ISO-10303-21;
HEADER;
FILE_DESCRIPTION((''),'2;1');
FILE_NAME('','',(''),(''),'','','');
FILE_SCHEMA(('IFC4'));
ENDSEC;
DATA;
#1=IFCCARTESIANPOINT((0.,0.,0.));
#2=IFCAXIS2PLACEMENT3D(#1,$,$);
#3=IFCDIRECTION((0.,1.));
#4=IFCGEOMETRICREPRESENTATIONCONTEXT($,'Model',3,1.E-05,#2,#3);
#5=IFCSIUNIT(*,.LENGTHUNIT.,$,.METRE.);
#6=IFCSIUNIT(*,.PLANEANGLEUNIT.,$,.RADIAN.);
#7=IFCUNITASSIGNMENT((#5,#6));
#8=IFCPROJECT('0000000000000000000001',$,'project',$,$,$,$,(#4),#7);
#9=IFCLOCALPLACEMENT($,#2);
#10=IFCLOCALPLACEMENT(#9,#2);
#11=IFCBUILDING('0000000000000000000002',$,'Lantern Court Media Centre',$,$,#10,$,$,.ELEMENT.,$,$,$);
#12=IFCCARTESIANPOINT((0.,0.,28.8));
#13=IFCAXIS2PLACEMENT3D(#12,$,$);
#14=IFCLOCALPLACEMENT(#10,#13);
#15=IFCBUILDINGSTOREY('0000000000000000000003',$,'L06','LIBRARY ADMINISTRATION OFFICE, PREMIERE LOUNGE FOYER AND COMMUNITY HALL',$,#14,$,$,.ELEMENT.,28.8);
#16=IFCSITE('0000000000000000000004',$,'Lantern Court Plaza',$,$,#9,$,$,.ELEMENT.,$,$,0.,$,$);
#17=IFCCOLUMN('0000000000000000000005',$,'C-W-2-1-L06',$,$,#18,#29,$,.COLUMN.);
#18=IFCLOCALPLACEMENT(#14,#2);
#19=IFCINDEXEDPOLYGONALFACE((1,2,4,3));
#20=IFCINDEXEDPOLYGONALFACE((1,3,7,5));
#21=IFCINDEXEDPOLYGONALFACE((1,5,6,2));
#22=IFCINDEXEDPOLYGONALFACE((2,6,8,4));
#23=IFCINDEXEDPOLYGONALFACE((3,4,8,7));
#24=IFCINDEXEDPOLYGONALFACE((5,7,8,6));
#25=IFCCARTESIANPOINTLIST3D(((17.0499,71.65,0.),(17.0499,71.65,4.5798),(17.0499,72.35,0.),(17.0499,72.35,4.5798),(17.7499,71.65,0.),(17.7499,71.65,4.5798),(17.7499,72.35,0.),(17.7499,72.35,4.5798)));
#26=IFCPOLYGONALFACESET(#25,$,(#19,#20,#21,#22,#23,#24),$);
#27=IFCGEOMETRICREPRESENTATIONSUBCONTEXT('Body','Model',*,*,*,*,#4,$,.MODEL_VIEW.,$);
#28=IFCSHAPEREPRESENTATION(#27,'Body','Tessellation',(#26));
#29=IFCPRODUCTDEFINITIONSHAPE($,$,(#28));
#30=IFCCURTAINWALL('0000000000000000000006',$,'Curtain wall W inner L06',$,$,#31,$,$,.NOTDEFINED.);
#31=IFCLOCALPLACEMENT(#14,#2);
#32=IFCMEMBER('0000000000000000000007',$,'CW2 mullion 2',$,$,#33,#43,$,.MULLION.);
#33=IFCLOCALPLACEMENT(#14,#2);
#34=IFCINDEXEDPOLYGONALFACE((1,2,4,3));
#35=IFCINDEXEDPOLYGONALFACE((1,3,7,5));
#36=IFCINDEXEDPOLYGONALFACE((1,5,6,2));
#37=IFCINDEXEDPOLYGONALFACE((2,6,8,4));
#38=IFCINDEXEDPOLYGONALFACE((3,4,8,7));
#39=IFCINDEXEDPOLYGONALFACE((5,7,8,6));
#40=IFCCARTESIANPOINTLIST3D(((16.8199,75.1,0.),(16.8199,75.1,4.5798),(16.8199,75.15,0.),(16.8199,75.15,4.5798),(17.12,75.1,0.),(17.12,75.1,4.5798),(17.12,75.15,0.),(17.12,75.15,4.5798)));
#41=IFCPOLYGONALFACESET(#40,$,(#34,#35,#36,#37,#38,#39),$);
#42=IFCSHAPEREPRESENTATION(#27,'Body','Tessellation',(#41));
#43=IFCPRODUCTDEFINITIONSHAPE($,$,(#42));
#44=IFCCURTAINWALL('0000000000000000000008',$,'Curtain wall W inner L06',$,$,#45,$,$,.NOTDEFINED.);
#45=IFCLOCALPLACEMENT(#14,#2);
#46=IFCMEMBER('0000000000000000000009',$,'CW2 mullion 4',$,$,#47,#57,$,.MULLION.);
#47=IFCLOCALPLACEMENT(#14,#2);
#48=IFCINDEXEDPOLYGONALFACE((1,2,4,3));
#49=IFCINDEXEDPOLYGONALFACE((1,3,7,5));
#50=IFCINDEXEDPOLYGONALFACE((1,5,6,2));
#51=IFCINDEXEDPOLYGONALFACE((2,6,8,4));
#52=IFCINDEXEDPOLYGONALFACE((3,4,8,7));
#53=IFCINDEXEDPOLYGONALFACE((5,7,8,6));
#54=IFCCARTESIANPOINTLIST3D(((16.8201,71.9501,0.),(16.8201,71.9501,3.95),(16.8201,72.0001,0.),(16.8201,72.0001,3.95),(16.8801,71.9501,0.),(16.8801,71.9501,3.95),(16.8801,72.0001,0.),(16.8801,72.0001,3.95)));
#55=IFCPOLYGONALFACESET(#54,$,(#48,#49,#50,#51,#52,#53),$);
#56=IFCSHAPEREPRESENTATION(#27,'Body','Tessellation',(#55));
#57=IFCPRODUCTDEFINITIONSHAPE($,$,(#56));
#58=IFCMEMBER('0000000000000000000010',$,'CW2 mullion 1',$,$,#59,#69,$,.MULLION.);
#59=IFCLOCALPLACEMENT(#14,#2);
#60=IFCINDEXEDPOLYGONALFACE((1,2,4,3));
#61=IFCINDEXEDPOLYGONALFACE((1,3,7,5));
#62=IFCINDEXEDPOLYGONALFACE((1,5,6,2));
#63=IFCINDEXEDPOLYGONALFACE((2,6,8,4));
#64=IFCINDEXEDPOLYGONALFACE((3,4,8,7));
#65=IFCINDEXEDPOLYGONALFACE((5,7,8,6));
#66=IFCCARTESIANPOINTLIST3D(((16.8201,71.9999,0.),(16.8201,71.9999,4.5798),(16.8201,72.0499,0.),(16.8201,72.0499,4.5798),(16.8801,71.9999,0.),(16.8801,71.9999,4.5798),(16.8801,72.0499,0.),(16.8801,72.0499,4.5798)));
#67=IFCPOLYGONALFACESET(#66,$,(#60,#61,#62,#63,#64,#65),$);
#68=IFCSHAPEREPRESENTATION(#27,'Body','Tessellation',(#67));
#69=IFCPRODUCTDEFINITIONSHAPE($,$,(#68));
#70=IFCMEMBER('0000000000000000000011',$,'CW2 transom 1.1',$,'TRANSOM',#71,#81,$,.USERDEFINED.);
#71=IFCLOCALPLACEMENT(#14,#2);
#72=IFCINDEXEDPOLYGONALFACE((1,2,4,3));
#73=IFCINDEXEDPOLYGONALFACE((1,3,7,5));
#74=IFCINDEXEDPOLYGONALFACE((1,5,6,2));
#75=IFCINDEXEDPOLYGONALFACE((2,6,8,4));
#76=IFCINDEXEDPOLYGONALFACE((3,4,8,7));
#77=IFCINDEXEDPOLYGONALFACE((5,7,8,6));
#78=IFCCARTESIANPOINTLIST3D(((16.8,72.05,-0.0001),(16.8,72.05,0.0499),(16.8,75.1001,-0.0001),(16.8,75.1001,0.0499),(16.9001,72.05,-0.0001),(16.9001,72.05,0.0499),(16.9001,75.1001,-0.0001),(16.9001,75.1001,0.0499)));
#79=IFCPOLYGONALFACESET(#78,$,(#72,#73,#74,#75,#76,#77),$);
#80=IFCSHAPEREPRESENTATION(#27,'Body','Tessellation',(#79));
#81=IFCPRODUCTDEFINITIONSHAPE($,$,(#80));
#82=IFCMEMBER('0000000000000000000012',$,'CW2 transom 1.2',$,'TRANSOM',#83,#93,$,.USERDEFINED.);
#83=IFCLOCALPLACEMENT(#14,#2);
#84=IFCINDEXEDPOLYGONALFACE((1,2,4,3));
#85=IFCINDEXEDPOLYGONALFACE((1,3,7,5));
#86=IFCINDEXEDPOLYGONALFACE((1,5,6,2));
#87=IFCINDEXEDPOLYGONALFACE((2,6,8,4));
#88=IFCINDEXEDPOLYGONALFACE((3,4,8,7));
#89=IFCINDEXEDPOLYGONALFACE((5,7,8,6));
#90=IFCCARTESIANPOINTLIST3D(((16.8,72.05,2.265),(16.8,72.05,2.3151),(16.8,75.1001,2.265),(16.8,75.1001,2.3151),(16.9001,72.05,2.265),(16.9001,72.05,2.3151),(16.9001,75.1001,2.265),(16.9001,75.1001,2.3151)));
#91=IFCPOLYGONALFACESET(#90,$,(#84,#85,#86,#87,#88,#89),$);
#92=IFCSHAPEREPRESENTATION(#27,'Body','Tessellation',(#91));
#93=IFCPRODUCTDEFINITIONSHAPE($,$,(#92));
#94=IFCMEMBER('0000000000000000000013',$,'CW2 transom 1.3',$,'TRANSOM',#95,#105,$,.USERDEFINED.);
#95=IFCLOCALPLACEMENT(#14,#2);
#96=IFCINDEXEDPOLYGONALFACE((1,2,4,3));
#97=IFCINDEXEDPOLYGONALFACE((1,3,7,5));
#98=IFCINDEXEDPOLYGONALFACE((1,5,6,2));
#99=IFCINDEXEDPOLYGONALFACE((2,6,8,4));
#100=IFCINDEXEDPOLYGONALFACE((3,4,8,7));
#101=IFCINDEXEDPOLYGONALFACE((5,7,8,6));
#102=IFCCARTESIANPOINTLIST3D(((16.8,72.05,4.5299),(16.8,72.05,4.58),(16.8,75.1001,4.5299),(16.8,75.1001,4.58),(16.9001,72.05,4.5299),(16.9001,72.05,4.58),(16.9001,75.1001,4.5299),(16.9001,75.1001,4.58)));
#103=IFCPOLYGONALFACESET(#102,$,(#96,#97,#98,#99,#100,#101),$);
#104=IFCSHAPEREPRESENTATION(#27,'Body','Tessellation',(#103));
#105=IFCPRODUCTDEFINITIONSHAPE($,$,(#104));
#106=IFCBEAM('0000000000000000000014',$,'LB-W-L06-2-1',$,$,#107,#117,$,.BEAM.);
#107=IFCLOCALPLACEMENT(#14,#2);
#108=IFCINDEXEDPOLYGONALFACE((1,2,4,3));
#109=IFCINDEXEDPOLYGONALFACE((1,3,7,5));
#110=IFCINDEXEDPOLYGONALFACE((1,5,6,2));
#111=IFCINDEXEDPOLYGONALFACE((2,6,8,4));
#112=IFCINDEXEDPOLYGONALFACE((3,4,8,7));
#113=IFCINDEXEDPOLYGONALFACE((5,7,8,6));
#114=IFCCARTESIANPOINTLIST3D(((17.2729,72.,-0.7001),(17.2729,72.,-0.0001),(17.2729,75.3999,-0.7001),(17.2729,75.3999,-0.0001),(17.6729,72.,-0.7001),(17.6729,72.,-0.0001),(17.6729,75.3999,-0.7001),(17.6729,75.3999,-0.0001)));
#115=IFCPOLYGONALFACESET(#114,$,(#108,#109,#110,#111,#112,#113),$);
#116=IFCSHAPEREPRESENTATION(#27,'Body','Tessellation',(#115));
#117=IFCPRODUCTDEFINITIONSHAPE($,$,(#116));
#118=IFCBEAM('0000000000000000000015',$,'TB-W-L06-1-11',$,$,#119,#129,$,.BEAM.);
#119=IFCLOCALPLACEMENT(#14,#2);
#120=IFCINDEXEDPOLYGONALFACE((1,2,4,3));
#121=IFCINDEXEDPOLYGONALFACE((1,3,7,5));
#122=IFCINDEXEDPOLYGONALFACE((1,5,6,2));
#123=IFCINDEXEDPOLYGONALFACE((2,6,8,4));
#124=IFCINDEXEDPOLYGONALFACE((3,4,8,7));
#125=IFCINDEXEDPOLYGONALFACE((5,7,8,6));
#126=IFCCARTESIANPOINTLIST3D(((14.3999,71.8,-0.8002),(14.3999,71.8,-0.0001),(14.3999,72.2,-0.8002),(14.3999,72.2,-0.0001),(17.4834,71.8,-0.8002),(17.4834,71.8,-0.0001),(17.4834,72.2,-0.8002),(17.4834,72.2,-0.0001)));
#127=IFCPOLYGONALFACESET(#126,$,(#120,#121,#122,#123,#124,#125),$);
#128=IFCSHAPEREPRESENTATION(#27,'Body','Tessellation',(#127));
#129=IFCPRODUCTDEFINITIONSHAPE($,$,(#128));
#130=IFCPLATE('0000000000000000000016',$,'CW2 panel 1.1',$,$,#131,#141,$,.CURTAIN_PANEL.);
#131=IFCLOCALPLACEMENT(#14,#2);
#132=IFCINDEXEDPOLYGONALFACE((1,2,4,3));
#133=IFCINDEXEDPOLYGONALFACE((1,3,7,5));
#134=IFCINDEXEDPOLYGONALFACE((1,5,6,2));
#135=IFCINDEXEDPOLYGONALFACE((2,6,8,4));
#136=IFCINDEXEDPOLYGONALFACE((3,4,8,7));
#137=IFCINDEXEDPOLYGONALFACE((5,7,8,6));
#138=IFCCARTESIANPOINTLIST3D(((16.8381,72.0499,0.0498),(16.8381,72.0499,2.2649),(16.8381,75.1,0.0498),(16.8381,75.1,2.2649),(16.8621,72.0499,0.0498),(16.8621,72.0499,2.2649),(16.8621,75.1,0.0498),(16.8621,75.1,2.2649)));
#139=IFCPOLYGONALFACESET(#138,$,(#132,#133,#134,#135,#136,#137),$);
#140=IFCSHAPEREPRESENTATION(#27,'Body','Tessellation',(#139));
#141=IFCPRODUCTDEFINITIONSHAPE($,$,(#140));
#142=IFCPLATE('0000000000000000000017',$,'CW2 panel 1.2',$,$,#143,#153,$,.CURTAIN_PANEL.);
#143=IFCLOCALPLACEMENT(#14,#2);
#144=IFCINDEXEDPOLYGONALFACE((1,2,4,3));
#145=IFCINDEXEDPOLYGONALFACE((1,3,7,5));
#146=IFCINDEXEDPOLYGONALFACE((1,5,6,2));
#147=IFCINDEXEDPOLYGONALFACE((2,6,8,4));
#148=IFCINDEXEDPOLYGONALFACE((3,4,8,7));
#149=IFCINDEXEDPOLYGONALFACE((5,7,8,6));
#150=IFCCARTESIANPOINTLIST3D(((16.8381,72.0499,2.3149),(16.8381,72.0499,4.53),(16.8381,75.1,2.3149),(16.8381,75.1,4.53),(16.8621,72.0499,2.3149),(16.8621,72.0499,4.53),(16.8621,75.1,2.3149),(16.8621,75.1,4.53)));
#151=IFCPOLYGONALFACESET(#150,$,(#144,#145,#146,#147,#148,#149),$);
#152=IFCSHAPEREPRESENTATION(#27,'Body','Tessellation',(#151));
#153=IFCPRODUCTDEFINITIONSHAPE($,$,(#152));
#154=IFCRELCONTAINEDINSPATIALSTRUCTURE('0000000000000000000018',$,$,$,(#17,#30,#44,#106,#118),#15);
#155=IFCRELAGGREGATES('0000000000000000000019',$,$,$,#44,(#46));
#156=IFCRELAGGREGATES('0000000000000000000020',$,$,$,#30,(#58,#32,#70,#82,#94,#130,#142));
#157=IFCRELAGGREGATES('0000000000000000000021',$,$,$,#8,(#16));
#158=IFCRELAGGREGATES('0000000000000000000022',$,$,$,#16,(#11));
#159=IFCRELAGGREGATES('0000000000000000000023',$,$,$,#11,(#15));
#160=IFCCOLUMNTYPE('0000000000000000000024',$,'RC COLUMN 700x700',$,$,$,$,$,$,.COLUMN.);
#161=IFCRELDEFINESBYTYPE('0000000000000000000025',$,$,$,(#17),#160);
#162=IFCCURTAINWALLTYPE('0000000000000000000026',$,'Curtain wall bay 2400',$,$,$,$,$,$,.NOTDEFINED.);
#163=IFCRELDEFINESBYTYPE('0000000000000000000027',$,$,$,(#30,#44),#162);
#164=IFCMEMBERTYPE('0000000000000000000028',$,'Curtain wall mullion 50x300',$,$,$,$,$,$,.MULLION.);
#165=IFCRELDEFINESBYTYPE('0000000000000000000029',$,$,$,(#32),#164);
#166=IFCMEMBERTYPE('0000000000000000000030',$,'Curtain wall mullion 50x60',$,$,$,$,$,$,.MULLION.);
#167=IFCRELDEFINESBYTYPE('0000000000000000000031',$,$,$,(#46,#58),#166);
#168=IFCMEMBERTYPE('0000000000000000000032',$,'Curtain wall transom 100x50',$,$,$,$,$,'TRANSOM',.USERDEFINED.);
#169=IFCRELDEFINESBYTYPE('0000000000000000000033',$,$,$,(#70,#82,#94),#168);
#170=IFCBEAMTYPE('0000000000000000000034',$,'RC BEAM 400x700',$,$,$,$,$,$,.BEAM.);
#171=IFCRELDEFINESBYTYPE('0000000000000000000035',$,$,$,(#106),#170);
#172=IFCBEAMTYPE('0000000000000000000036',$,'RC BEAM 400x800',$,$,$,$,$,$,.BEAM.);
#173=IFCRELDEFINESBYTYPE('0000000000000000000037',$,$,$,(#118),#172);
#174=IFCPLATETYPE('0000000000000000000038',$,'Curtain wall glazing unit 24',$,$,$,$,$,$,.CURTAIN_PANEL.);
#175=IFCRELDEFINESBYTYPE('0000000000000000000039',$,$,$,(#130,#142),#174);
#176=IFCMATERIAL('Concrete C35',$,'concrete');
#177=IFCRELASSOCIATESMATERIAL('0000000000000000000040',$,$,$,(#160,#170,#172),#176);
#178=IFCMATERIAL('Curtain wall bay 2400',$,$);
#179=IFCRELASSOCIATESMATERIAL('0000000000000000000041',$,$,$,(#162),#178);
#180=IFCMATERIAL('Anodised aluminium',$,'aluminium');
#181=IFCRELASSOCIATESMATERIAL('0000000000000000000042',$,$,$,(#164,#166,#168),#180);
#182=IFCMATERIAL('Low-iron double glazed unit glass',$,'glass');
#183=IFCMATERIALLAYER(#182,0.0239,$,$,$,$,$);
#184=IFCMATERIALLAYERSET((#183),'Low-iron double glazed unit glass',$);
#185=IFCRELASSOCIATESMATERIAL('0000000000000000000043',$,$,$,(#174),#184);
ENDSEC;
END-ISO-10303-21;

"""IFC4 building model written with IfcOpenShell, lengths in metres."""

from ifc_helpers import new_model, si_unit, direction, frame, origin, origin_2d, place, context, subcontext, project, spatial, rectangle, extrude, material, layer, layer_set, material_profile, profile_set, type_object, element, aggregate, save


model = new_model("IFC4")

# Units and contexts
model_context = context("Model", 3, precision=1e-05, world=origin(), true_north=direction((0.0, 1.0)))
body_context = subcontext(model_context, "Body", "Model", "MODEL_VIEW")
ifc_project = project(units=[si_unit("LENGTHUNIT", "METRE"), si_unit("PLANEANGLEUNIT", "RADIAN")], contexts=[model_context])

# Site, building, storey
site_placement = place(None, origin())
site = spatial("IfcSite", under=ifc_project, at=site_placement, Name="Lantern Court Plaza", CompositionType="ELEMENT", RefElevation=0.0)
building_placement = place(site_placement, origin())
building = spatial("IfcBuilding", under=site, at=building_placement, Name="Lantern Court Media Centre", CompositionType="ELEMENT")
storey_placement = place(building_placement, frame((0.0, 0.0, 28.8)))
storey = spatial("IfcBuildingStorey", under=building, at=storey_placement, Name="L06", Description="LIBRARY ADMINISTRATION OFFICE, PREMIERE LOUNGE FOYER AND COMMUNITY HALL", CompositionType="ELEMENT", Elevation=28.8)

# Column
ifc_material_1 = material(Name="Concrete C35", Category="concrete")
ifc_material_profile_1 = material_profile(ifc_material_1, rectangle(XDim=0.7, YDim=0.7, at=origin_2d()), Name="RC 700x700")
ifc_profile_set_1 = profile_set([ifc_material_profile_1], Name="Concrete C35")
column_type = type_object("IfcColumnType", Name="RC COLUMN 700x700", PredefinedType="COLUMN", material=ifc_profile_set_1)
column_placement = place(storey_placement, frame((17.3999, 72.0, 0.0), z_axis=(0.0, 0.0, 1.0), x_axis=(1.0, 0.0, 0.0)))
element("IfcColumn", 1, at=column_placement, inside=storey, type_object=column_type, Name="C-W-2-1-L06", PredefinedType="COLUMN", context=body_context, shape_type="SweptSolid", body=[
    extrude(rectangle(XDim=0.7, YDim=0.7, at=origin_2d()), origin(), (0.0, 0.0, 1.0), 4.5798),
])

# Curtain walls, members
ifc_material_2 = material(Name="Curtain wall bay 2400")
curtain_wall_type = type_object("IfcCurtainWallType", Name="Curtain wall bay 2400", PredefinedType="NOTDEFINED", material=ifc_material_2)
curtain_wall_1_placement = place(storey_placement, origin())
curtain_wall_1 = element("IfcCurtainWall", 2, at=curtain_wall_1_placement, inside=storey, type_object=curtain_wall_type, Name="Curtain wall W inner L06", PredefinedType="NOTDEFINED")
ifc_material_3 = material(Name="Anodised aluminium", Category="aluminium")
ifc_material_profile_2 = material_profile(ifc_material_3, rectangle(XDim=0.3, YDim=0.05, at=origin_2d()), Name="AL 50x300")
ifc_profile_set_2 = profile_set([ifc_material_profile_2], Name="Anodised aluminium")
member_type_1 = type_object("IfcMemberType", Name="Curtain wall mullion 50x300", PredefinedType="MULLION", material=ifc_profile_set_2)
member_1_placement = place(storey_placement, frame((16.97, 75.125, 0.0), z_axis=(0.0, 0.0, 1.0), x_axis=(-1.0, 0.0, 0.0)))
member_1 = element("IfcMember", 3, at=member_1_placement, type_object=member_type_1, Name="CW2 mullion 2", PredefinedType="MULLION", context=body_context, shape_type="SweptSolid", body=[
    extrude(rectangle(XDim=0.3, YDim=0.05, at=origin_2d()), origin(), (0.0, 0.0, 1.0), 4.5798),
])
curtain_wall_2_placement = place(storey_placement, origin())
curtain_wall_2 = element("IfcCurtainWall", 4, at=curtain_wall_2_placement, inside=storey, type_object=curtain_wall_type, Name="Curtain wall W inner L06", PredefinedType="NOTDEFINED")
ifc_material_profile_3 = material_profile(ifc_material_3, rectangle(XDim=0.0601, YDim=0.05, at=origin_2d()), Name="AL 50x60")
ifc_profile_set_3 = profile_set([ifc_material_profile_3], Name="Anodised aluminium")
member_type_2 = type_object("IfcMemberType", Name="Curtain wall mullion 50x60", PredefinedType="MULLION", material=ifc_profile_set_3)
member_2_placement = place(storey_placement, frame((16.8501, 71.9751, 0.0), z_axis=(0.0, 0.0, 1.0), x_axis=(-1.0, 0.0, 0.0)))
member_2 = element("IfcMember", 5, at=member_2_placement, type_object=member_type_2, Name="CW2 mullion 4", PredefinedType="MULLION", context=body_context, shape_type="SweptSolid", body=[
    extrude(rectangle(XDim=0.0601, YDim=0.05, at=origin_2d()), origin(), (0.0, 0.0, 1.0), 3.95),
])
aggregate(curtain_wall_2, [member_2])

# Members
member_3_placement = place(storey_placement, frame((16.8501, 72.0249, 0.0), z_axis=(0.0, 0.0, 1.0), x_axis=(-1.0, 0.0, 0.0)))
member_3 = element("IfcMember", 6, at=member_3_placement, type_object=member_type_2, Name="CW2 mullion 1", PredefinedType="MULLION", context=body_context, shape_type="SweptSolid", body=[
    extrude(rectangle(XDim=0.0601, YDim=0.05, at=origin_2d()), origin(), (0.0, 0.0, 1.0), 4.5798),
])
ifc_material_profile_4 = material_profile(ifc_material_3, rectangle(XDim=0.1001, YDim=0.05, at=origin_2d()), Name="AL 50x100")
ifc_profile_set_4 = profile_set([ifc_material_profile_4], Name="Anodised aluminium")
member_type_3 = type_object("IfcMemberType", Name="Curtain wall transom 100x50", ElementType="TRANSOM", PredefinedType="USERDEFINED", material=ifc_profile_set_4)
member_4_placement = place(storey_placement, frame((16.8501, 72.05, 0.0249), z_axis=(0.0, 1.0, 0.0), x_axis=(-1.0, 0.0, 0.0)))
member_4 = element("IfcMember", 7, at=member_4_placement, type_object=member_type_3, Name="CW2 transom 1.1", ObjectType="TRANSOM", PredefinedType="USERDEFINED", context=body_context, shape_type="SweptSolid", body=[
    extrude(rectangle(XDim=0.1001, YDim=0.05, at=origin_2d()), origin(), (0.0, 0.0, 1.0), 3.05),
])
member_5_placement = place(storey_placement, frame((16.8501, 72.05, 2.29), z_axis=(0.0, 1.0, 0.0), x_axis=(-1.0, 0.0, 0.0)))
member_5 = element("IfcMember", 8, at=member_5_placement, type_object=member_type_3, Name="CW2 transom 1.2", ObjectType="TRANSOM", PredefinedType="USERDEFINED", context=body_context, shape_type="SweptSolid", body=[
    extrude(rectangle(XDim=0.1001, YDim=0.05, at=origin_2d()), origin(), (0.0, 0.0, 1.0), 3.05),
])
member_6_placement = place(storey_placement, frame((16.8501, 72.05, 4.5549), z_axis=(0.0, 1.0, 0.0), x_axis=(-1.0, 0.0, 0.0)))
member_6 = element("IfcMember", 9, at=member_6_placement, type_object=member_type_3, Name="CW2 transom 1.3", ObjectType="TRANSOM", PredefinedType="USERDEFINED", context=body_context, shape_type="SweptSolid", body=[
    extrude(rectangle(XDim=0.1001, YDim=0.05, at=origin_2d()), origin(), (0.0, 0.0, 1.0), 3.05),
])

# Beams
ifc_material_profile_5 = material_profile(ifc_material_1, rectangle(XDim=0.3999, YDim=0.7, at=origin_2d()), Name="RC 400x700")
ifc_profile_set_5 = profile_set([ifc_material_profile_5], Name="Concrete C35")
beam_type_1 = type_object("IfcBeamType", Name="RC BEAM 400x700", PredefinedType="BEAM", material=ifc_profile_set_5)
beam_1_placement = place(storey_placement, frame((17.4729, 72.0, -0.3501), z_axis=(0.0, 1.0, 0.0), x_axis=(-1.0, 0.0, 0.0)))
element("IfcBeam", 10, at=beam_1_placement, inside=storey, type_object=beam_type_1, Name="LB-W-L06-2-1", PredefinedType="BEAM", context=body_context, shape_type="SweptSolid", body=[
    extrude(rectangle(XDim=0.3999, YDim=0.7, at=origin_2d()), origin(), (0.0, 0.0, 1.0), 3.3999),
])
ifc_material_profile_6 = material_profile(ifc_material_1, rectangle(XDim=0.3999, YDim=0.8, at=origin_2d()), Name="RC 400x800")
ifc_profile_set_6 = profile_set([ifc_material_profile_6], Name="Concrete C35")
beam_type_2 = type_object("IfcBeamType", Name="RC BEAM 400x800", PredefinedType="BEAM", material=ifc_profile_set_6)
beam_2_placement = place(storey_placement, frame((14.3999, 72.0, -0.4001), z_axis=(1.0, 0.0, 0.0), x_axis=(0.0, 1.0, 0.0)))
element("IfcBeam", 11, at=beam_2_placement, inside=storey, type_object=beam_type_2, Name="TB-W-L06-1-11", PredefinedType="BEAM", context=body_context, shape_type="SweptSolid", body=[
    extrude(rectangle(XDim=0.3999, YDim=0.8, at=origin_2d()), origin(), (0.0, 0.0, 1.0), 3.0835),
])

# Plates
ifc_material_4 = material(Name="Low-iron double glazed unit glass", Category="glass")
ifc_layer_1 = layer(ifc_material_4, 0.0239)
ifc_layer_set_1 = layer_set([ifc_layer_1], Name="Low-iron double glazed unit glass")
plate_type = type_object("IfcPlateType", Name="Curtain wall glazing unit 24", PredefinedType="CURTAIN_PANEL", material=ifc_layer_set_1)
plate_1_placement = place(storey_placement, frame((16.8501, 73.575, 0.0498), z_axis=(0.0, 0.0, 1.0), x_axis=(0.0, 1.0, 0.0)))
plate_1 = element("IfcPlate", 12, at=plate_1_placement, type_object=plate_type, Name="CW2 panel 1.1", PredefinedType="CURTAIN_PANEL", context=body_context, shape_type="SweptSolid", body=[
    extrude(rectangle(XDim=3.05, YDim=0.0239, at=origin_2d()), origin(), (0.0, 0.0, 1.0), 2.2151),
])
plate_2_placement = place(storey_placement, frame((16.8501, 73.575, 2.3149), z_axis=(0.0, 0.0, 1.0), x_axis=(0.0, 1.0, 0.0)))
plate_2 = element("IfcPlate", 13, at=plate_2_placement, type_object=plate_type, Name="CW2 panel 1.2", PredefinedType="CURTAIN_PANEL", context=body_context, shape_type="SweptSolid", body=[
    extrude(rectangle(XDim=3.05, YDim=0.0239, at=origin_2d()), origin(), (0.0, 0.0, 1.0), 2.2151),
])
aggregate(curtain_wall_1, [member_3, member_1, member_4, member_5, member_6, plate_1, plate_2])

save(model, "model.ifc")
